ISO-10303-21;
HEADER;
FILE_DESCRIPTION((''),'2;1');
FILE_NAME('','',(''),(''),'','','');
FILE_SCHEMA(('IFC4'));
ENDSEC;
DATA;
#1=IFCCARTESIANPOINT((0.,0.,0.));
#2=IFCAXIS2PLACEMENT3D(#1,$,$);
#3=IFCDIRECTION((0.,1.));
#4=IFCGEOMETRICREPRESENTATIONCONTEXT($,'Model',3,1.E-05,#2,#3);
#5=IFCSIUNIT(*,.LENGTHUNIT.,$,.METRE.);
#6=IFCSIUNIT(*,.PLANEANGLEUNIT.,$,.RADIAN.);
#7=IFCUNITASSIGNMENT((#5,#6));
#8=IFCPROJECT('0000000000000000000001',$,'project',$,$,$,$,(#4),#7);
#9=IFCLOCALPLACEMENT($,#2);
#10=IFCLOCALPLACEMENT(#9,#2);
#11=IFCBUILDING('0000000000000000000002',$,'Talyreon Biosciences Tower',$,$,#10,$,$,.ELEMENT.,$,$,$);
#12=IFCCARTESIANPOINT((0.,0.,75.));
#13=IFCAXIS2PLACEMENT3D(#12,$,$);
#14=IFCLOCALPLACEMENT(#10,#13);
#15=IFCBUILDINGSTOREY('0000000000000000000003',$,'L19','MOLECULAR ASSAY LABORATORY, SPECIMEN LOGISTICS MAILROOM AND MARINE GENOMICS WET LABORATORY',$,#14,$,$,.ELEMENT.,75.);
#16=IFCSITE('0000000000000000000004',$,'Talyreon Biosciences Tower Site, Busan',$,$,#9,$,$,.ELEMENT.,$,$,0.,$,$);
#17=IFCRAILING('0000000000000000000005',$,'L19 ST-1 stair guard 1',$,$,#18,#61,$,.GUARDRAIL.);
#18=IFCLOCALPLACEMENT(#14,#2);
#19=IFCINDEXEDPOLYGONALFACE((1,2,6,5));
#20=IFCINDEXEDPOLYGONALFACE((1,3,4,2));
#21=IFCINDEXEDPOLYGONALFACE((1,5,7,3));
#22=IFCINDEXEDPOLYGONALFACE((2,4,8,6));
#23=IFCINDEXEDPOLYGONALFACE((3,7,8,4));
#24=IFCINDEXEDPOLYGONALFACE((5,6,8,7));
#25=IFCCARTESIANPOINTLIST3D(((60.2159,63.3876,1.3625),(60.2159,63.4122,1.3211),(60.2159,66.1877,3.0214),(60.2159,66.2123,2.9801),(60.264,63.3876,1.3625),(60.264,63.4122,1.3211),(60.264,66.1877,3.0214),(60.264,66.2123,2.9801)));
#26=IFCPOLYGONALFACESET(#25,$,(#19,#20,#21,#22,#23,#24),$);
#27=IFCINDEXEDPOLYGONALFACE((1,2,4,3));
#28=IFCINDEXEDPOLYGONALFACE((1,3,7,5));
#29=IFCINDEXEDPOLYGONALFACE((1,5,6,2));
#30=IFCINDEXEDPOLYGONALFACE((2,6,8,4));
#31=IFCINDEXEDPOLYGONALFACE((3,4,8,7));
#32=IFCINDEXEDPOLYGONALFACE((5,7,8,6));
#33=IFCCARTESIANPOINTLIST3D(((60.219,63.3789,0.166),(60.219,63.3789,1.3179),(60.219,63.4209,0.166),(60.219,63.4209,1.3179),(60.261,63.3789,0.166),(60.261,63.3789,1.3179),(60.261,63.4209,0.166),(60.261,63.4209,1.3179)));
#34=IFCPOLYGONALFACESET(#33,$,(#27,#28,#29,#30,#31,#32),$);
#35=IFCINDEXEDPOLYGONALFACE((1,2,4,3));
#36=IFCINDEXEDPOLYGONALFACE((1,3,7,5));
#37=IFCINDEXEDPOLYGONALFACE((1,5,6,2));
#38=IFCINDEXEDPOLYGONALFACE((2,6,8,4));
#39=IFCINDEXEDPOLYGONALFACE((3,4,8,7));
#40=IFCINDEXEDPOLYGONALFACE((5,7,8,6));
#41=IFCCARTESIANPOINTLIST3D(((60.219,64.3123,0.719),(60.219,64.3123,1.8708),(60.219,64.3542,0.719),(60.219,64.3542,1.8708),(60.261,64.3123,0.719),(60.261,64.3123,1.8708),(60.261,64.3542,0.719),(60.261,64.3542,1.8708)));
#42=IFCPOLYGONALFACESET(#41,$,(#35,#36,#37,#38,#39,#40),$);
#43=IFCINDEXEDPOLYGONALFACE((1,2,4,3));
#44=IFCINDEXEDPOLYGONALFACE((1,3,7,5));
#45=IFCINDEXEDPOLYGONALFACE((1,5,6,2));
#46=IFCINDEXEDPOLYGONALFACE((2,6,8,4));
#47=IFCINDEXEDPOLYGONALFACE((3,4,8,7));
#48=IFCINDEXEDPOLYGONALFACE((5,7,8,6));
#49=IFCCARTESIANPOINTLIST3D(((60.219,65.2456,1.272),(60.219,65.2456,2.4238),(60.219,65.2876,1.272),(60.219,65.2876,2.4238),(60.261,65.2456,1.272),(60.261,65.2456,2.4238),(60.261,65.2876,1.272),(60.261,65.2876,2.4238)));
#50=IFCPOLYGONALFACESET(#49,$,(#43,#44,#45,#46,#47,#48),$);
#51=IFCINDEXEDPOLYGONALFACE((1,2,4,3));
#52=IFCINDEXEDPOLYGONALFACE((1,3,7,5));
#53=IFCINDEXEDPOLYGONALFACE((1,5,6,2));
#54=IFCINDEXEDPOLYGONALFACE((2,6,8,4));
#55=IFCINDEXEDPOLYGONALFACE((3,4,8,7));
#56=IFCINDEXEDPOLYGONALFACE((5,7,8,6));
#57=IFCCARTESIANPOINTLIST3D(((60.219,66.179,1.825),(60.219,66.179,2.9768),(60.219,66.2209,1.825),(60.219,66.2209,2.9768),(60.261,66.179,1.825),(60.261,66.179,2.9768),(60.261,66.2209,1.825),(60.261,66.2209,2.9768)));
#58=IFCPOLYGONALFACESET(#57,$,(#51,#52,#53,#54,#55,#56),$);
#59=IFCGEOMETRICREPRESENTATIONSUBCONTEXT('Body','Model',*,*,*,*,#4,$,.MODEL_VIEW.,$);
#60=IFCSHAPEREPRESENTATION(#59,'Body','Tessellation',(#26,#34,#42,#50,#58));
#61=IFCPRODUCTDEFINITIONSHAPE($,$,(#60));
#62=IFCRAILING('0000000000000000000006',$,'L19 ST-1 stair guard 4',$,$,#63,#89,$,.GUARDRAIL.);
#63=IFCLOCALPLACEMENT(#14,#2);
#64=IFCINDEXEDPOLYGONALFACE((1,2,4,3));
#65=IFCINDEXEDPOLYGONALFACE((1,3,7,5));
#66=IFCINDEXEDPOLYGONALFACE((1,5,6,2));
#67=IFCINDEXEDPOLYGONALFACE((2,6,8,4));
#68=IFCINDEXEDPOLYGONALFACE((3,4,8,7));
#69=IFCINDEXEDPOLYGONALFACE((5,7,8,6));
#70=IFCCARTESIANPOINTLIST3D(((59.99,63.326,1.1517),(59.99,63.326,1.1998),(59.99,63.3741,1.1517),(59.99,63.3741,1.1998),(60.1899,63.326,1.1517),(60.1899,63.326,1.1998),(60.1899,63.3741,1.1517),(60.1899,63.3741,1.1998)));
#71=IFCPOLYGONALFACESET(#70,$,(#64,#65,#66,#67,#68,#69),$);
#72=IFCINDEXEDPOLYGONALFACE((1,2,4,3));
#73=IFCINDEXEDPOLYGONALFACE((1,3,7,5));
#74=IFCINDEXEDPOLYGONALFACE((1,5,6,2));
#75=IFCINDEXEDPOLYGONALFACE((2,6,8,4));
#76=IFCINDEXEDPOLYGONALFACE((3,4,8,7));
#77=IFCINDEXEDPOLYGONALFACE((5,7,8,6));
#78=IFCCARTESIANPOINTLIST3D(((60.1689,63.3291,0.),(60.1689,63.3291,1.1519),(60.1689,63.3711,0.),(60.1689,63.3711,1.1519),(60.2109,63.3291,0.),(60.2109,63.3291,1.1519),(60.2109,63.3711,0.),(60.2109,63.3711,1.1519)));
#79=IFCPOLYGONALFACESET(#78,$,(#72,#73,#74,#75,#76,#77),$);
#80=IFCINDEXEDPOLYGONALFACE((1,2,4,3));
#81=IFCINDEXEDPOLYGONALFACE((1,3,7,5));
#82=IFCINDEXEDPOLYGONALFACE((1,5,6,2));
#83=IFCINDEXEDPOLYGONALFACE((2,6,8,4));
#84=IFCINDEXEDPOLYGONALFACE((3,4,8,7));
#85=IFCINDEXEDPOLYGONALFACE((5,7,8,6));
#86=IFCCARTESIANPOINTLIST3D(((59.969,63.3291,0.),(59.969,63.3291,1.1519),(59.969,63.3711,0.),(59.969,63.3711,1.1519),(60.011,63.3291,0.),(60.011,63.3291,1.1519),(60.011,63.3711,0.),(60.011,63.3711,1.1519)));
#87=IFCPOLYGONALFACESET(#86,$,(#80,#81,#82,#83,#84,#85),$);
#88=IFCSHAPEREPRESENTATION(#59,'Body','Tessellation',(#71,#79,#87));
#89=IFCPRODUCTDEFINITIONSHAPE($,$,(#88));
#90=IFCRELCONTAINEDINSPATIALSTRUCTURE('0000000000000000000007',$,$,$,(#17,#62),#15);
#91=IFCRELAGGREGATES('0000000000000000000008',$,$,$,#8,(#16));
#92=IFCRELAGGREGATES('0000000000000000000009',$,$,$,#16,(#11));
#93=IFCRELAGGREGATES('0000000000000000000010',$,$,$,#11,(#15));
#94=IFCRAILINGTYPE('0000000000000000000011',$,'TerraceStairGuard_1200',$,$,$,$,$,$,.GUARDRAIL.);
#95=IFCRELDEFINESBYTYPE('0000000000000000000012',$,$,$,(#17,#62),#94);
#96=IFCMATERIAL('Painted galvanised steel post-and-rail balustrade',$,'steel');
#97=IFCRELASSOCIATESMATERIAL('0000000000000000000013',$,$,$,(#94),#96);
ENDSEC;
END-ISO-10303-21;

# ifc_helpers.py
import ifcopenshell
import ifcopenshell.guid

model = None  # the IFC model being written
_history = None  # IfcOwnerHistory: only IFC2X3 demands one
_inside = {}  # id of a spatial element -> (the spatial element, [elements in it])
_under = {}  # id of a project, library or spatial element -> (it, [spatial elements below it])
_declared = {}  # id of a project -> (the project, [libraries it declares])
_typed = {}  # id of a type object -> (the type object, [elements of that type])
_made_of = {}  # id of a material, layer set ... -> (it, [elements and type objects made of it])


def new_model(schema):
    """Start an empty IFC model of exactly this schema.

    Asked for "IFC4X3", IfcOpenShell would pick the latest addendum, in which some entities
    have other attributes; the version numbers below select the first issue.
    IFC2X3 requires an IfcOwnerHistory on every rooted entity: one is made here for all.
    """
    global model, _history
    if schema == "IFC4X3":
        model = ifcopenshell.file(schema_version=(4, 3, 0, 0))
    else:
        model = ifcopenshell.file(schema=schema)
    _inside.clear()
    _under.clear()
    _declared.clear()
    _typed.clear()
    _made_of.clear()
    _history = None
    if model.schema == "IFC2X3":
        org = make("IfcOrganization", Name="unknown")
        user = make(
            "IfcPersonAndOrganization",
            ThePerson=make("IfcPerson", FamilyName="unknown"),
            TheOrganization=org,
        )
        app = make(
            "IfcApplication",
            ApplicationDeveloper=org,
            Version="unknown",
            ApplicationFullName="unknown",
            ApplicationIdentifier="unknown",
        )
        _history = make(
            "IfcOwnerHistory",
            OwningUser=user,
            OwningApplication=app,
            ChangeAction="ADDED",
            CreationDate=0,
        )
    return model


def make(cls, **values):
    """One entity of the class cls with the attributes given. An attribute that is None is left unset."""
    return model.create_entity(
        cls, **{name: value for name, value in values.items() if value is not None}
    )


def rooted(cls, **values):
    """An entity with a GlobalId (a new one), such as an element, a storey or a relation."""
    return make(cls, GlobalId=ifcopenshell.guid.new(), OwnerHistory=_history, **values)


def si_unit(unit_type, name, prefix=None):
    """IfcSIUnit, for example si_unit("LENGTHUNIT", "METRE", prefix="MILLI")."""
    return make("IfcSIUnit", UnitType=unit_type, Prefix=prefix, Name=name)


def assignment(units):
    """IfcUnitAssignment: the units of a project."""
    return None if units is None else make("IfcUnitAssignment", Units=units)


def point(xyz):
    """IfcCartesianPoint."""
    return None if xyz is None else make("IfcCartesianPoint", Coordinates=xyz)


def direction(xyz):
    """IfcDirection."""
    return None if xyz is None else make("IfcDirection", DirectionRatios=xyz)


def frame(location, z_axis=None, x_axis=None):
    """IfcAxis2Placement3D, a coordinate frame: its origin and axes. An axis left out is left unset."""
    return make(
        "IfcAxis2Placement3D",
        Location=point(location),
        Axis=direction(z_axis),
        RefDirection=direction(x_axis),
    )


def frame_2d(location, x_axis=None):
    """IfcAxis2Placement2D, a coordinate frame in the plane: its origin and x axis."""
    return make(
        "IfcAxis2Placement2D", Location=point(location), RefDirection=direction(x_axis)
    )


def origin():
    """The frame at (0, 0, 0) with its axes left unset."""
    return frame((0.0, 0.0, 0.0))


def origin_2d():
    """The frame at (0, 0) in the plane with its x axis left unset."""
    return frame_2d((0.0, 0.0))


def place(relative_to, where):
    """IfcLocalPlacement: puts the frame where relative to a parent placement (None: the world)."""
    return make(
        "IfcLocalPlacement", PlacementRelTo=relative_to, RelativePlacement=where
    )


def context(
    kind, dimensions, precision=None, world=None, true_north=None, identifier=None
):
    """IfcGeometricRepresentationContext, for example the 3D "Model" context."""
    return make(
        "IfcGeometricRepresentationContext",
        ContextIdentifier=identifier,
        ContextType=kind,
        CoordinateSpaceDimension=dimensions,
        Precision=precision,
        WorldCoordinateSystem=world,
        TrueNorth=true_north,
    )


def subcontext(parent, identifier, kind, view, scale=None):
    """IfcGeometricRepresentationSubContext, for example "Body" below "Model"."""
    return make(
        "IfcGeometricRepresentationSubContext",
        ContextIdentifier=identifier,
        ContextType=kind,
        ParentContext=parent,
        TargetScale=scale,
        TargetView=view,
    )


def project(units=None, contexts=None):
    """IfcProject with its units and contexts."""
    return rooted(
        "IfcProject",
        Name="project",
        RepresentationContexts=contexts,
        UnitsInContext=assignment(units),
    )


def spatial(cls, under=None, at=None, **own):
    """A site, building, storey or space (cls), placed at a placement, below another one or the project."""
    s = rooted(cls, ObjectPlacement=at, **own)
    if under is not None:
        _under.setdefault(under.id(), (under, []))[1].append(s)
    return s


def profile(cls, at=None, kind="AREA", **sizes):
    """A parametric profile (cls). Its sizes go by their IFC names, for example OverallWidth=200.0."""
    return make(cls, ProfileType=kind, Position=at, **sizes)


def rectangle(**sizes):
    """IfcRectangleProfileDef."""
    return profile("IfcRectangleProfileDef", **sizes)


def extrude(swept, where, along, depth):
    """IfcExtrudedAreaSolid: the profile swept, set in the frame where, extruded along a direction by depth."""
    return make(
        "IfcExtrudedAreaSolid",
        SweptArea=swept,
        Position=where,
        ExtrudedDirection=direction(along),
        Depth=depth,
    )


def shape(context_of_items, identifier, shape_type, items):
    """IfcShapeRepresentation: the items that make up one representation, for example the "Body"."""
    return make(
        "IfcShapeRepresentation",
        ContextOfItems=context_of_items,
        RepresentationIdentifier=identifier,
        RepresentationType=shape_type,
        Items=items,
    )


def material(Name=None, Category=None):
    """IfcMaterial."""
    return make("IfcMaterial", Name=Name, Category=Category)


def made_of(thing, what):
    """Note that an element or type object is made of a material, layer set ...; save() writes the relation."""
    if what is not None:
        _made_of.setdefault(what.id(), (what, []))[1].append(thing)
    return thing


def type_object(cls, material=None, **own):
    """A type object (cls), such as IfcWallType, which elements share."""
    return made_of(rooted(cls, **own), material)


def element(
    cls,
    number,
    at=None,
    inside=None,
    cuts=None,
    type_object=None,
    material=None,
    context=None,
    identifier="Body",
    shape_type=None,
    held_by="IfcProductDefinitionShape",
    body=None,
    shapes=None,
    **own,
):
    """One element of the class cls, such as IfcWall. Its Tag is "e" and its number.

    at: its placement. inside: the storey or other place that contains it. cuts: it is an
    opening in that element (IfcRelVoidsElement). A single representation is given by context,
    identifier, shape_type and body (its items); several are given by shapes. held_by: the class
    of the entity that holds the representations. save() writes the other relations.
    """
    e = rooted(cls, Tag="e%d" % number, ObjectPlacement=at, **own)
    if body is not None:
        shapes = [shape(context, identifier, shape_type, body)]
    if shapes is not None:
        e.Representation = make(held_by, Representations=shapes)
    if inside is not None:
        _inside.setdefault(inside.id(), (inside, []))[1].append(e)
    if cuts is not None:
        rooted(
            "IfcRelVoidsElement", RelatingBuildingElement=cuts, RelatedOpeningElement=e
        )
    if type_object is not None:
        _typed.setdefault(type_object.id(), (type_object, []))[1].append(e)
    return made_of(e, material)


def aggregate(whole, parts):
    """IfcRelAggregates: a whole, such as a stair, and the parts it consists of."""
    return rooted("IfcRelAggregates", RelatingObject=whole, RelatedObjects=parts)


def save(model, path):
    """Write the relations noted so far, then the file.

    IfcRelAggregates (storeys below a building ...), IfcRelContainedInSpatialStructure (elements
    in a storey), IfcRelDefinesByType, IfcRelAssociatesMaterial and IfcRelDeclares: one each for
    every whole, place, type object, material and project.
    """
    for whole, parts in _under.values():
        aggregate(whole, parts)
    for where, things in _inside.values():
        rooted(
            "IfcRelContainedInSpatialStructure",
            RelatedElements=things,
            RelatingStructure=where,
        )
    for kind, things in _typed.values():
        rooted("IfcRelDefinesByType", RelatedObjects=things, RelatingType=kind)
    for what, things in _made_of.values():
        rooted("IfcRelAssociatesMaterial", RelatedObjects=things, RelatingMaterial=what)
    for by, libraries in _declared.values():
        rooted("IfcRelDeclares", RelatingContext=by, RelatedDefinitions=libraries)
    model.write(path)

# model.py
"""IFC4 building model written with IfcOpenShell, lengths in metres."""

from ifc_helpers import new_model, si_unit, direction, frame, origin, origin_2d, place, context, subcontext, project, spatial, rectangle, extrude, material, type_object, element, save


model = new_model("IFC4")

# Units and contexts
model_context = context("Model", 3, precision=1e-05, world=origin(), true_north=direction((0.0, 1.0)))
body_context = subcontext(model_context, "Body", "Model", "MODEL_VIEW")
ifc_project = project(units=[si_unit("LENGTHUNIT", "METRE"), si_unit("PLANEANGLEUNIT", "RADIAN")], contexts=[model_context])

# Site, building, storey
site_placement = place(None, origin())
site = spatial("IfcSite", under=ifc_project, at=site_placement, Name="Talyreon Biosciences Tower Site, Busan", CompositionType="ELEMENT", RefElevation=0.0)
building_placement = place(site_placement, origin())
building = spatial("IfcBuilding", under=site, at=building_placement, Name="Talyreon Biosciences Tower", CompositionType="ELEMENT")
storey_placement = place(building_placement, frame((0.0, 0.0, 75.0)))
storey = spatial("IfcBuildingStorey", under=building, at=storey_placement, Name="L19", Description="MOLECULAR ASSAY LABORATORY, SPECIMEN LOGISTICS MAILROOM AND MARINE GENOMICS WET LABORATORY", CompositionType="ELEMENT", Elevation=75.0)

# Railings
ifc_material_1 = material(Name="Painted galvanised steel post-and-rail balustrade", Category="steel")
railing_type_1 = type_object("IfcRailingType", Name="TerraceStairGuard_1200", PredefinedType="GUARDRAIL", material=ifc_material_1)
railing_1_placement = place(storey_placement, frame((60.24, 63.3999, 0.166)))
element("IfcRailing", 1, at=railing_1_placement, inside=storey, type_object=railing_type_1, Name="L19 ST-1 stair guard 1", PredefinedType="GUARDRAIL", context=body_context, shape_type="SweptSolid", body=[
    extrude(rectangle(XDim=0.0481, YDim=0.0481, at=origin_2d()), frame((0.0, 0.0, 1.1758), z_axis=(0.0, 0.860339, 0.509722), x_axis=(-1.0, 0.0, 0.0)), (0.0, 0.0, 1.0), 3.2546),
    extrude(rectangle(XDim=0.042, YDim=0.042, at=origin_2d()), origin(), (0.0, 0.0, 1.0), 1.1519),
    extrude(rectangle(XDim=0.042, YDim=0.042, at=origin_2d()), frame((0.0, 0.9333, 0.553)), (0.0, 0.0, 1.0), 1.1519),
    extrude(rectangle(XDim=0.042, YDim=0.042, at=origin_2d()), frame((0.0, 1.8667, 1.106)), (0.0, 0.0, 1.0), 1.1519),
    extrude(rectangle(XDim=0.042, YDim=0.042, at=origin_2d()), frame((0.0, 2.8, 1.6589)), (0.0, 0.0, 1.0), 1.1519),
])
railing_2_placement = place(storey_placement, frame((60.1899, 63.3501, 0.0)))
element("IfcRailing", 2, at=railing_2_placement, inside=storey, type_object=railing_type_1, Name="L19 ST-1 stair guard 4", PredefinedType="GUARDRAIL", context=body_context, shape_type="SweptSolid", body=[
    extrude(rectangle(XDim=0.0481, YDim=0.0481, at=origin_2d()), frame((0.0, 0.0, 1.1758), z_axis=(-1.0, 0.0, 0.0), x_axis=(0.0, -1.0, 0.0)), (0.0, 0.0, 1.0), 0.2),
    extrude(rectangle(XDim=0.042, YDim=0.042, at=origin_2d()), origin(), (0.0, 0.0, 1.0), 1.1519),
    extrude(rectangle(XDim=0.042, YDim=0.042, at=origin_2d()), frame((-0.2, 0.0, 0.0)), (0.0, 0.0, 1.0), 1.1519),
])

save(model, "model.ifc")
